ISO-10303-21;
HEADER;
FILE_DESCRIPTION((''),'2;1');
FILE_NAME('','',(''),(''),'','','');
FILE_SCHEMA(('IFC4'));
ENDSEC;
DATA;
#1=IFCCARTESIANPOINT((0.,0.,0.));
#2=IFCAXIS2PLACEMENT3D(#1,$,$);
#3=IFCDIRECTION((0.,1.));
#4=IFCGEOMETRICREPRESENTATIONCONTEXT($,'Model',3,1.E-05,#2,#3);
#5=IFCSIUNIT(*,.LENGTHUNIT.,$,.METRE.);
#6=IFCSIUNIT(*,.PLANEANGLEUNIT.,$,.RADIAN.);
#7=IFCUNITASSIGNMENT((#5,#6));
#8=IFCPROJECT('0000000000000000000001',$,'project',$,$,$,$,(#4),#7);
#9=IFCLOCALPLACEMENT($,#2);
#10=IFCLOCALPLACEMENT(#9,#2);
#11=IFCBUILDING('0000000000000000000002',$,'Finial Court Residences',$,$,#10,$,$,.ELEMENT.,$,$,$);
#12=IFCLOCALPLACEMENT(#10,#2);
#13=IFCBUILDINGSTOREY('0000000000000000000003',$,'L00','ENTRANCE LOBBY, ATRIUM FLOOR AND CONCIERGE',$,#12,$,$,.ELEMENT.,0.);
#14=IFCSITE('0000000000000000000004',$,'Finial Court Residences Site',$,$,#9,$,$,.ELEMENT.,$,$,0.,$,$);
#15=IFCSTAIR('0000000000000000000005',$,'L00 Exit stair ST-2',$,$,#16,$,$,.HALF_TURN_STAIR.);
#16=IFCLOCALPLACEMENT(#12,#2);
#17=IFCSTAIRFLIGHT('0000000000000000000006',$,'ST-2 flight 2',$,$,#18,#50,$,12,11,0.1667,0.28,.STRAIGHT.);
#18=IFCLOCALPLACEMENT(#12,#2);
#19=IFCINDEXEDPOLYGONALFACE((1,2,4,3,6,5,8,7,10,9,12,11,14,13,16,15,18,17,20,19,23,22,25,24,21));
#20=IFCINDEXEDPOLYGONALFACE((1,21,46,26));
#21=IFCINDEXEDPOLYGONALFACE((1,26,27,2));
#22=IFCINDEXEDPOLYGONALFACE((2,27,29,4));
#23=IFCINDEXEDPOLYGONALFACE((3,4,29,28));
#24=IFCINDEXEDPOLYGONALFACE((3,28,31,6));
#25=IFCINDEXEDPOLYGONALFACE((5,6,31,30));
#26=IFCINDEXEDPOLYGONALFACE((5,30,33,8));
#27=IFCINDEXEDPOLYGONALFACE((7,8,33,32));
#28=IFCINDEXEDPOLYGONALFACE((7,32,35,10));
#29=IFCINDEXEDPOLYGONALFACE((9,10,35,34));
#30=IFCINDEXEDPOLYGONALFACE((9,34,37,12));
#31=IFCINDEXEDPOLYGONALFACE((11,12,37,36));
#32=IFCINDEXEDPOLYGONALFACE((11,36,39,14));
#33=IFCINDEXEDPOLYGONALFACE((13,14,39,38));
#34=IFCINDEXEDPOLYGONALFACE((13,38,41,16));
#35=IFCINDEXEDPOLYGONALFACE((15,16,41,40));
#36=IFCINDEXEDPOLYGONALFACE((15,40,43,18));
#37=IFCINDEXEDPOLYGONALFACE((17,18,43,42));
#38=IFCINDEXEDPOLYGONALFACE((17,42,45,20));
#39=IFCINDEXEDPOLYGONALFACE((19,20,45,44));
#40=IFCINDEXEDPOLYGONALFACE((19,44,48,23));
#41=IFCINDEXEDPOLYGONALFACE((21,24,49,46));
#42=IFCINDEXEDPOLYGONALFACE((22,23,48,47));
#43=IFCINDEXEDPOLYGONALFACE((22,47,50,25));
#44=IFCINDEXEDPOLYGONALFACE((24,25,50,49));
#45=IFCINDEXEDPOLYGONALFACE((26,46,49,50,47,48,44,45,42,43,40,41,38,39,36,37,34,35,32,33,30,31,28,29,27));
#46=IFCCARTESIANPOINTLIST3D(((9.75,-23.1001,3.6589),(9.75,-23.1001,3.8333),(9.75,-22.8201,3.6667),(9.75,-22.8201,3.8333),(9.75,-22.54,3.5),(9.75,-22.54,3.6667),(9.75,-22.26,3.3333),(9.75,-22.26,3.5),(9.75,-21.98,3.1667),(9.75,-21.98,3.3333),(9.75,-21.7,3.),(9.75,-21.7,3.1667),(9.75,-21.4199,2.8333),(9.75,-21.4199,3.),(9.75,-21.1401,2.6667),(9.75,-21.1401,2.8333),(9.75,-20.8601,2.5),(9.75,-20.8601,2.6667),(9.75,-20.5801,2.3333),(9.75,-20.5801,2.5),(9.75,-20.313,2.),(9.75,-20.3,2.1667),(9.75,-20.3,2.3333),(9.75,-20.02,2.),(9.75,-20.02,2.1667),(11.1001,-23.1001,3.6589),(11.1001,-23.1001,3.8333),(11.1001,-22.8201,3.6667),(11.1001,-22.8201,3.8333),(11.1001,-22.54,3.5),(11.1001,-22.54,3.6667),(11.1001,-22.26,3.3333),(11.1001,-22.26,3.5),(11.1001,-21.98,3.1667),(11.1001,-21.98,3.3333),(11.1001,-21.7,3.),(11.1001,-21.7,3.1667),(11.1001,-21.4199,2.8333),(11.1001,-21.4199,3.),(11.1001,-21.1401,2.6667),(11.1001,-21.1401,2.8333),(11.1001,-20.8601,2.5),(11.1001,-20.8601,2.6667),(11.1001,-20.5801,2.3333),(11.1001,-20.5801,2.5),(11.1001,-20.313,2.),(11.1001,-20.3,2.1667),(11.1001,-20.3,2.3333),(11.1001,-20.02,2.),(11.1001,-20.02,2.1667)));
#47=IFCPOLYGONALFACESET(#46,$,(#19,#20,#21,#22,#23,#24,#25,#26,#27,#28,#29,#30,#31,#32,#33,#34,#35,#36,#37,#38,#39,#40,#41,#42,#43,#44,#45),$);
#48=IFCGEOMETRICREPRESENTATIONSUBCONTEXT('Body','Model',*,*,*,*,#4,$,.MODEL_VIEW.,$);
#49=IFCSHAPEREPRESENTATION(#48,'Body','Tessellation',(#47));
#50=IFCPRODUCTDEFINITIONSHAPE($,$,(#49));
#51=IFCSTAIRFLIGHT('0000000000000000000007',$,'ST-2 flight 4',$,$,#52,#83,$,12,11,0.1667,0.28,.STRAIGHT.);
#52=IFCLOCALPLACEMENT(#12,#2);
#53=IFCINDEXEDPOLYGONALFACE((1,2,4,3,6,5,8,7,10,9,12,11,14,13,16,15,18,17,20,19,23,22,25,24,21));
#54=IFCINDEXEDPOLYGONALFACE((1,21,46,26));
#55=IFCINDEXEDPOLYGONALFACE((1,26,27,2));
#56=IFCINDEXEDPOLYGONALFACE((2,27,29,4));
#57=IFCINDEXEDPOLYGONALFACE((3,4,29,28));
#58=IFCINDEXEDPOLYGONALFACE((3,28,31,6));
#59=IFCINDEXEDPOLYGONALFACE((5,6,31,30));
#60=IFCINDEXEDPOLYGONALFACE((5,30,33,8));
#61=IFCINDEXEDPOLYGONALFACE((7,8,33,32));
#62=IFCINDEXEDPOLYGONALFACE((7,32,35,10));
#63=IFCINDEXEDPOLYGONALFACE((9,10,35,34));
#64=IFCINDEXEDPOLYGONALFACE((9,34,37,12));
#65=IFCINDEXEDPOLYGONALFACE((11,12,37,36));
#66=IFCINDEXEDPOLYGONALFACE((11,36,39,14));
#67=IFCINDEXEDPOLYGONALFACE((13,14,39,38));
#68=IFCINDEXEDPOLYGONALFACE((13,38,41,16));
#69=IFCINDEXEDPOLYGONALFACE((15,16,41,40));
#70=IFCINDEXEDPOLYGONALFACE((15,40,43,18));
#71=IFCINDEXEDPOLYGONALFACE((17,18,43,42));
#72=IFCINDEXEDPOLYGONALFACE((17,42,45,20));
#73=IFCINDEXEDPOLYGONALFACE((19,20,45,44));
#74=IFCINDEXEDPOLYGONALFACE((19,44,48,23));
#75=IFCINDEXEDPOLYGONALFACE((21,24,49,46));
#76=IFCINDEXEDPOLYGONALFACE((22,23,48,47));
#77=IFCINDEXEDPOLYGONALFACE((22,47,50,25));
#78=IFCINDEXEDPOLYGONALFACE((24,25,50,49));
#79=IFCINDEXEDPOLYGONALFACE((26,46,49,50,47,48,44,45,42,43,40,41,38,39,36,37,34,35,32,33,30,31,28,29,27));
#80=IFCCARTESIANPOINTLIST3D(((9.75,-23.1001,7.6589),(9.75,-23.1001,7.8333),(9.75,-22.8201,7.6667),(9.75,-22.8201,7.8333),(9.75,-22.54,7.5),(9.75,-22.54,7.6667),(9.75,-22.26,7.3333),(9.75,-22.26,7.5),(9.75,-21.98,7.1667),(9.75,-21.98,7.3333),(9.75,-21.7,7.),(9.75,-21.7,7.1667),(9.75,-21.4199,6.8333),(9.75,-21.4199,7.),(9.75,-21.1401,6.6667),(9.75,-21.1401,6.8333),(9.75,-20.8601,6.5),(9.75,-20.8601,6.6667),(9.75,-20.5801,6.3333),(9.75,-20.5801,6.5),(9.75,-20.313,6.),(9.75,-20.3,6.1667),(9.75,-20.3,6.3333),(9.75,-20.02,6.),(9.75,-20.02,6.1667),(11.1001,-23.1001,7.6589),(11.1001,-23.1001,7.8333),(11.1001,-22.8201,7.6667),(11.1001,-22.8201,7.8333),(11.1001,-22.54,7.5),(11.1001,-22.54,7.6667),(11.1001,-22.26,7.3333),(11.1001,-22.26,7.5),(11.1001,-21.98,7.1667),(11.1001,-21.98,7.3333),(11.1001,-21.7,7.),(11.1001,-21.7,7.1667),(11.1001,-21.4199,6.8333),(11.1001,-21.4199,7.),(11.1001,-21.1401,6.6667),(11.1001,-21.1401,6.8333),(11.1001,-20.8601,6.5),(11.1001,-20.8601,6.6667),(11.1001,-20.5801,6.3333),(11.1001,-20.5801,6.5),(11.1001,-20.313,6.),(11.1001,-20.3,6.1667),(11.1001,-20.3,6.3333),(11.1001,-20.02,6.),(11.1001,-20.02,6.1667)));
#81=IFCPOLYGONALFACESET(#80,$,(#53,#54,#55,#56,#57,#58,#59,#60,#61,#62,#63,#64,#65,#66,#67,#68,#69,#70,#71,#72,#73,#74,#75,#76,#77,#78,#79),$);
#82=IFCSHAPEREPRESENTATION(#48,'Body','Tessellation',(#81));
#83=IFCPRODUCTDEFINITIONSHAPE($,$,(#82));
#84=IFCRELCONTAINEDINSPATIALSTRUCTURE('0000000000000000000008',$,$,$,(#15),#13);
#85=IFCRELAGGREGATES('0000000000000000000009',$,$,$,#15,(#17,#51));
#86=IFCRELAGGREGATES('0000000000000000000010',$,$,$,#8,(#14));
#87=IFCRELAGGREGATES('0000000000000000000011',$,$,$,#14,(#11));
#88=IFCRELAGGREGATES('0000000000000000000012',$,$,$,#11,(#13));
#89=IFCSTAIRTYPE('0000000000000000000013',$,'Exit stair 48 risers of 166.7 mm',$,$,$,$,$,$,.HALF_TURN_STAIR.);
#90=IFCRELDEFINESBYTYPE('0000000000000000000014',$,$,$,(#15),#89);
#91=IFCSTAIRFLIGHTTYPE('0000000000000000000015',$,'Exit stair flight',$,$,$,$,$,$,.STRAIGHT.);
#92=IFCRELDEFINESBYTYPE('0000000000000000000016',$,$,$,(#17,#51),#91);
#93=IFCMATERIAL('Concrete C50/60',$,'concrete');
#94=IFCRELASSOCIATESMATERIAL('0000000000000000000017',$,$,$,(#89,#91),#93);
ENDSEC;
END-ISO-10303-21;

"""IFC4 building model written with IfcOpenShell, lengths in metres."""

from ifc_helpers import new_model, si_unit, direction, frame, origin, place, context, subcontext, project, spatial, polyline, outline, extrude, material, type_object, element, aggregate, save


model = new_model("IFC4")

# Units and contexts
model_context = context("Model", 3, precision=1e-05, world=origin(), true_north=direction((0.0, 1.0)))
body_context = subcontext(model_context, "Body", "Model", "MODEL_VIEW")
ifc_project = project(units=[si_unit("LENGTHUNIT", "METRE"), si_unit("PLANEANGLEUNIT", "RADIAN")], contexts=[model_context])

# Site, building, storey
site_placement = place(None, origin())
site = spatial("IfcSite", under=ifc_project, at=site_placement, Name="Finial Court Residences Site", CompositionType="ELEMENT", RefElevation=0.0)
building_placement = place(site_placement, origin())
building = spatial("IfcBuilding", under=site, at=building_placement, Name="Finial Court Residences", CompositionType="ELEMENT")
storey_placement = place(building_placement, origin())
storey = spatial("IfcBuildingStorey", under=building, at=storey_placement, Name="L00", Description="ENTRANCE LOBBY, ATRIUM FLOOR AND CONCIERGE", CompositionType="ELEMENT", Elevation=0.0)

# Stair, stair flights
ifc_material_1 = material(Name="Concrete C50/60", Category="concrete")
stair_type = type_object("IfcStairType", Name="Exit stair 48 risers of 166.7 mm", PredefinedType="HALF_TURN_STAIR", material=ifc_material_1)
stair_placement = place(storey_placement, origin())
stair = element("IfcStair", 1, at=stair_placement, inside=storey, type_object=stair_type, Name="L00 Exit stair ST-2", PredefinedType="HALF_TURN_STAIR")
stair_flight_type = type_object("IfcStairFlightType", Name="Exit stair flight", PredefinedType="STRAIGHT", material=ifc_material_1)
stair_flight_1_placement = place(storey_placement, frame((10.425, -20.02, 2.0), z_axis=(0.0, 0.0, 1.0), x_axis=(0.0, -1.0, 0.0)))
stair_flight_1 = element("IfcStairFlight", 2, at=stair_flight_1_placement, type_object=stair_flight_type, Name="ST-2 flight 2", NumberOfRisers=12, NumberOfTreads=11, PredefinedType="STRAIGHT", RiserHeight=0.1667, TreadLength=0.28, context=body_context, shape_type="SweptSolid", body=[
    extrude(outline(polyline([(0.0, 0.0), (0.0, 0.1667), (0.28, 0.1667), (0.28, 0.3333), (0.5601, 0.3333), (0.5601, 0.5), (0.8401, 0.5), (0.8401, 0.6667), (1.1201, 0.6667), (1.1201, 0.8333), (1.3999, 0.8333), (1.3999, 1.0), (1.6799, 1.0), (1.6799, 1.1667), (1.96, 1.1667), (1.96, 1.3333), (2.24, 1.3333), (2.24, 1.5), (2.52, 1.5), (2.52, 1.6667), (2.8, 1.6667), (2.8, 1.8333), (3.0801, 1.8333), (3.0801, 2.0), (3.0801, 1.6589), (0.293, 0.0), (0.0, 0.0)])), frame((0.0, 0.675, 0.0), z_axis=(0.0, -1.0, 0.0), x_axis=(1.0, 0.0, 0.0)), (0.0, 0.0, 1.0), 1.3501),
])
stair_flight_2_placement = place(storey_placement, frame((10.425, -20.02, 6.0), z_axis=(0.0, 0.0, 1.0), x_axis=(0.0, -1.0, 0.0)))
stair_flight_2 = element("IfcStairFlight", 3, at=stair_flight_2_placement, type_object=stair_flight_type, Name="ST-2 flight 4", NumberOfRisers=12, NumberOfTreads=11, PredefinedType="STRAIGHT", RiserHeight=0.1667, TreadLength=0.28, context=body_context, shape_type="SweptSolid", body=[
    extrude(outline(polyline([(0.0, 0.0), (0.0, 0.1667), (0.28, 0.1667), (0.28, 0.3333), (0.5601, 0.3333), (0.5601, 0.5), (0.8401, 0.5), (0.8401, 0.6667), (1.1201, 0.6667), (1.1201, 0.8333), (1.3999, 0.8333), (1.3999, 1.0), (1.6799, 1.0), (1.6799, 1.1667), (1.96, 1.1667), (1.96, 1.3333), (2.24, 1.3333), (2.24, 1.5), (2.52, 1.5), (2.52, 1.6667), (2.8, 1.6667), (2.8, 1.8333), (3.0801, 1.8333), (3.0801, 2.0), (3.0801, 1.6589), (0.293, 0.0), (0.0, 0.0)])), frame((0.0, 0.675, 0.0), z_axis=(0.0, -1.0, 0.0), x_axis=(1.0, 0.0, 0.0)), (0.0, 0.0, 1.0), 1.3501),
])
aggregate(stair, [stair_flight_1, stair_flight_2])

save(model, "model.ifc")
